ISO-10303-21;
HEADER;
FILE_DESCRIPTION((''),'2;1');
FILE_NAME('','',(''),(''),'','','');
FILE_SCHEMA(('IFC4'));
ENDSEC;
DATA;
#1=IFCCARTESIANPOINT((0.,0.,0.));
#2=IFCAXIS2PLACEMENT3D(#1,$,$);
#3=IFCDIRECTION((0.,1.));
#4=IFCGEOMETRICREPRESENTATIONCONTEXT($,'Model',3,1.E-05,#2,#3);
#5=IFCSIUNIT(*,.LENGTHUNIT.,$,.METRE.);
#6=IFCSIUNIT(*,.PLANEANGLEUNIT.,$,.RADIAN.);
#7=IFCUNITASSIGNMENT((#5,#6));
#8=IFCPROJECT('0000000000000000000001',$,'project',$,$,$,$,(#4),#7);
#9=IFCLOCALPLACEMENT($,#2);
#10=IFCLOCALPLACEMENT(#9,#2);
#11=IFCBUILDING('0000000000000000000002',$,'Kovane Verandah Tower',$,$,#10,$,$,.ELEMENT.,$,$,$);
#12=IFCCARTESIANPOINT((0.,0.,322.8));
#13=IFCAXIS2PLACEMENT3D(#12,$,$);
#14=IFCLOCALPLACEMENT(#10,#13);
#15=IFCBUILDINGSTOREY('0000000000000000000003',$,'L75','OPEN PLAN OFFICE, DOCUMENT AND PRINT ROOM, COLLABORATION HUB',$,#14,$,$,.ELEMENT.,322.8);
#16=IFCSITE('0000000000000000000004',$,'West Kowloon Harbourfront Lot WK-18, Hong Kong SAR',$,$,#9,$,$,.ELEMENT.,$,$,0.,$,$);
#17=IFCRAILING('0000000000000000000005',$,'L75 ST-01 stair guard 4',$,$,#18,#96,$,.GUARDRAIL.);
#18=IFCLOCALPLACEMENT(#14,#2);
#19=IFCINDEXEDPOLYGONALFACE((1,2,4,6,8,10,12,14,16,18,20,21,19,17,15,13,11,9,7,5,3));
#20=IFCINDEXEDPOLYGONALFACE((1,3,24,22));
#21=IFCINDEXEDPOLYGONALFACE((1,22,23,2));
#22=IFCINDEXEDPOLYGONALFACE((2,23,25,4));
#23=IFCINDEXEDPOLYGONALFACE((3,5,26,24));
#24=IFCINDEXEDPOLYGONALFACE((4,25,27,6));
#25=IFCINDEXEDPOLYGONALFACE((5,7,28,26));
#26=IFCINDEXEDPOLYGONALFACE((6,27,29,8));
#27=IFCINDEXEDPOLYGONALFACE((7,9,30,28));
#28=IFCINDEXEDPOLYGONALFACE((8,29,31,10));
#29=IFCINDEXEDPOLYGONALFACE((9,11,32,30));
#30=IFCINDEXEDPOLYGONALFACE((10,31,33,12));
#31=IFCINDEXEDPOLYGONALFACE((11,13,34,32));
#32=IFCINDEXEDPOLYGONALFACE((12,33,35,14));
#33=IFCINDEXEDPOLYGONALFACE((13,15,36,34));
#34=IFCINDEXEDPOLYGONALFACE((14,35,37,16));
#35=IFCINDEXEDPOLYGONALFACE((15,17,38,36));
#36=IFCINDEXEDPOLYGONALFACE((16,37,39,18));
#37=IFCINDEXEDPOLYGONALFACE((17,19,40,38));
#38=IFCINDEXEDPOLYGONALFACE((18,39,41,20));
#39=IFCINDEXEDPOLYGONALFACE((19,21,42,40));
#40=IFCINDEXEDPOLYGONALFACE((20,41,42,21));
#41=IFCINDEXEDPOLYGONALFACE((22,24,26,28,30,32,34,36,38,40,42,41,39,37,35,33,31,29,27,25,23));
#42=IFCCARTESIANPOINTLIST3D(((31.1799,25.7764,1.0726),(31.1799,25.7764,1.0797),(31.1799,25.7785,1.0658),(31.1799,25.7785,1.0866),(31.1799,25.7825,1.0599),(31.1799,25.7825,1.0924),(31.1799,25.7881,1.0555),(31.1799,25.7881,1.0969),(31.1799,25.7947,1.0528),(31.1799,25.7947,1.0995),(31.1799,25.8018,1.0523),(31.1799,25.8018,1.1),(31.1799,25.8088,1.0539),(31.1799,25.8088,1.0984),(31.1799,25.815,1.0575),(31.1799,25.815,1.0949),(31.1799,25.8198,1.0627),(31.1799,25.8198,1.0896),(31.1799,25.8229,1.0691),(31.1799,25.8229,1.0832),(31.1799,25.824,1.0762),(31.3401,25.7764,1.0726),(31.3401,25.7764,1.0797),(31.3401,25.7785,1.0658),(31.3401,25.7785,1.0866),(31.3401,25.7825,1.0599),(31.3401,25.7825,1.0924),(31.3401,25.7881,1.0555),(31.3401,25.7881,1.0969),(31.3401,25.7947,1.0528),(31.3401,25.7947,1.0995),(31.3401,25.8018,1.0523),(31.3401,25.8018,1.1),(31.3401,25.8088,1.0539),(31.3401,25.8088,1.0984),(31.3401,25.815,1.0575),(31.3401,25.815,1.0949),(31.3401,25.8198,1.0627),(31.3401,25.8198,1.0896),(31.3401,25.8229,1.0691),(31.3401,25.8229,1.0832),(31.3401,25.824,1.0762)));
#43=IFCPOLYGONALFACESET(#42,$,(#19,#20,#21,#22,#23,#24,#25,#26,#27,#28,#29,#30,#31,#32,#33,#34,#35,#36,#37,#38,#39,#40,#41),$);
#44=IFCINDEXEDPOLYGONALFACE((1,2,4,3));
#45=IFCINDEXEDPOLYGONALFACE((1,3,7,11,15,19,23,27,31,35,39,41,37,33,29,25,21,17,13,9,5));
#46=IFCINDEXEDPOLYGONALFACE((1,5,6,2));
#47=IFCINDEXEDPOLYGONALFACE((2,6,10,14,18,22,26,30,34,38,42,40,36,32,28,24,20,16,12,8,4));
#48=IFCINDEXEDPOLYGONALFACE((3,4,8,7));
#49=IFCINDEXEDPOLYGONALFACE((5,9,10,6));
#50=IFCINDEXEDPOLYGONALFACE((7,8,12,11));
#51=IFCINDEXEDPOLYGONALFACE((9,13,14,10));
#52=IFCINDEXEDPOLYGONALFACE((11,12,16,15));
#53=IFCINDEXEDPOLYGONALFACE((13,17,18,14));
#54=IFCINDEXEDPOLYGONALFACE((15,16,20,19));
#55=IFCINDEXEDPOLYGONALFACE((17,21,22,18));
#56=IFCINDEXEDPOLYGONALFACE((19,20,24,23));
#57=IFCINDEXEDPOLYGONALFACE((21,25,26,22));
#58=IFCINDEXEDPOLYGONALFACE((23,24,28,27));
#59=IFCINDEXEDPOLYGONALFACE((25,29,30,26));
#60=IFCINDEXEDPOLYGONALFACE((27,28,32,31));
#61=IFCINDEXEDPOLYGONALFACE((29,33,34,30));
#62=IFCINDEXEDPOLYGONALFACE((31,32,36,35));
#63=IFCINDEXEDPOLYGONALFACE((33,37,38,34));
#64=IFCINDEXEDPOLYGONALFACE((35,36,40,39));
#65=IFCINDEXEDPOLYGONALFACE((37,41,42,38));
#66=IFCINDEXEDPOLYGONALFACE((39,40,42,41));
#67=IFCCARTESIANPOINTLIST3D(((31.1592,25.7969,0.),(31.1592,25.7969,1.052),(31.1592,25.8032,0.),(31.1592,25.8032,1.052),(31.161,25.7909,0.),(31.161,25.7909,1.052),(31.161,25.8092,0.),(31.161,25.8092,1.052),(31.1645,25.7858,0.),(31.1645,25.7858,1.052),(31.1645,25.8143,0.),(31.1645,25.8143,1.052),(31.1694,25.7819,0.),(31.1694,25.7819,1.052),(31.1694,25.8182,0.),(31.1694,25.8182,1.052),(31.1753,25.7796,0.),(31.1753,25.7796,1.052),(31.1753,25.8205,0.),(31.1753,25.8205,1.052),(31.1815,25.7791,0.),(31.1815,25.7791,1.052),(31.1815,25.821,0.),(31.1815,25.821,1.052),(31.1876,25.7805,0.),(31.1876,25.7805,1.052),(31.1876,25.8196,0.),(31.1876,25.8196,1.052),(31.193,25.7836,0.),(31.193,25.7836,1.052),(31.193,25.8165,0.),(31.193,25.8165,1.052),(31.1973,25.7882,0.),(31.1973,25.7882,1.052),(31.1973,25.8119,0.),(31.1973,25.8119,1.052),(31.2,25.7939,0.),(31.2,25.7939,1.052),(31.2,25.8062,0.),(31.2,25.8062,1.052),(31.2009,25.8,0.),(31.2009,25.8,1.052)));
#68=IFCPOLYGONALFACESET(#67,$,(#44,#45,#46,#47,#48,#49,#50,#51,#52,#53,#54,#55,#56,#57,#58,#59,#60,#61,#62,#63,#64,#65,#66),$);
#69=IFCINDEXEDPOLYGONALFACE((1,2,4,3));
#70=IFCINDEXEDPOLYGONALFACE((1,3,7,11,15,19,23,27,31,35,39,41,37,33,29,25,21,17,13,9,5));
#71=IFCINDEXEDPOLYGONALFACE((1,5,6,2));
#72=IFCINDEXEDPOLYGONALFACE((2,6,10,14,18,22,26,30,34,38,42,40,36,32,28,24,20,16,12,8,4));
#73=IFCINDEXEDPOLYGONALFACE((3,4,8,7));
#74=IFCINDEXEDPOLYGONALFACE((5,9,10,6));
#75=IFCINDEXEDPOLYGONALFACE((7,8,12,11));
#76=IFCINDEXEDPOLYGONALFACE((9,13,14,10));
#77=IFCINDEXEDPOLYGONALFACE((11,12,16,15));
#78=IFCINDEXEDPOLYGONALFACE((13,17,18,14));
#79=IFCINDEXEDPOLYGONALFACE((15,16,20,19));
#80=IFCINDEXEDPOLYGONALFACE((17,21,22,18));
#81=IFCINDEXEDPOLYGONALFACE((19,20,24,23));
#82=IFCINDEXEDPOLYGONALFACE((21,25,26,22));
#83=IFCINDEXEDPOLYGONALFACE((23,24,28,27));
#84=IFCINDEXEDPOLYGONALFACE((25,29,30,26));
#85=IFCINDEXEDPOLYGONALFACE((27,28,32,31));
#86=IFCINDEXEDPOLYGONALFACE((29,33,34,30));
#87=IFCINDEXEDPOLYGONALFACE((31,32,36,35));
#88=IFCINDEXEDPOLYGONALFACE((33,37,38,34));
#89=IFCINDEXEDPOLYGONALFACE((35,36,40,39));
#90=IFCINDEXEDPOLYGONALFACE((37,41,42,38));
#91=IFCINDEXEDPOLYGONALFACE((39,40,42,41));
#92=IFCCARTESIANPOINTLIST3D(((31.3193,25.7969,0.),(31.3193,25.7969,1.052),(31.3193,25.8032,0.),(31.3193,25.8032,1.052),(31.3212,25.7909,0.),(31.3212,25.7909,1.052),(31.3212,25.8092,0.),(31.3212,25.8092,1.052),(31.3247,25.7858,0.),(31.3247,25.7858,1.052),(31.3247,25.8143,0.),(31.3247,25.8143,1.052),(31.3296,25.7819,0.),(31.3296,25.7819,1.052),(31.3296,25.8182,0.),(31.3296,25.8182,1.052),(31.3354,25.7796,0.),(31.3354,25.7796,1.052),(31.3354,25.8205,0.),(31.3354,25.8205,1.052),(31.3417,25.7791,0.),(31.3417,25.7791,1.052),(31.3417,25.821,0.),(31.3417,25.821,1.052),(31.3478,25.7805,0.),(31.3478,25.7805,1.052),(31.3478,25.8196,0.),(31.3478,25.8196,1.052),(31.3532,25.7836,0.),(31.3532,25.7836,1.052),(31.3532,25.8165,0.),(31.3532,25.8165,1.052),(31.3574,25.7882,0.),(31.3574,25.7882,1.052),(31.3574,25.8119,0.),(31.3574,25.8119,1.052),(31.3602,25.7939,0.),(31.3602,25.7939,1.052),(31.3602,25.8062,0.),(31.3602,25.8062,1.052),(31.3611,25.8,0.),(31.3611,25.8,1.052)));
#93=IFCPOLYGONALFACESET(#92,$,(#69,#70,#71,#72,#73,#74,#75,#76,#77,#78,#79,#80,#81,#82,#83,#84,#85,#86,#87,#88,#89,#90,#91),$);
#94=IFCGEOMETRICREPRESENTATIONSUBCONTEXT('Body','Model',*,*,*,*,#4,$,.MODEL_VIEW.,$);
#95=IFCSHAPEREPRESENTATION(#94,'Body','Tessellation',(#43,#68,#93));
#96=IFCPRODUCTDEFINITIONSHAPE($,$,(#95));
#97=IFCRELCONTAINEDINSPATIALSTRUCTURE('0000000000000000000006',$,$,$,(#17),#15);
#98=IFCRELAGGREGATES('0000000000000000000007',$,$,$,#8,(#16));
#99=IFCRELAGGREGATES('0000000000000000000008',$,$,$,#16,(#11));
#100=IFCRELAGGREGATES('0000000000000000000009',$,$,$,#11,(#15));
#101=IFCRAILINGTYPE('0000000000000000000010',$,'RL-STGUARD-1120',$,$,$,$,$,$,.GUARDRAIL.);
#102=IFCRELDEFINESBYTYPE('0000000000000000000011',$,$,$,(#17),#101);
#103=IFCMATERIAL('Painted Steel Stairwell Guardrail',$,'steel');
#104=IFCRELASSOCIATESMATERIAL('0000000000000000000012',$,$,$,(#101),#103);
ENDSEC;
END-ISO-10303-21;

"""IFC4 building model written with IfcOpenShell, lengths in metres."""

from ifc_helpers import new_model, si_unit, direction, frame, origin, origin_2d, place, context, subcontext, project, spatial, circle, extrude, material, type_object, element, save


model = new_model("IFC4")

# Units and contexts
model_context = context("Model", 3, precision=1e-05, world=origin(), true_north=direction((0.0, 1.0)))
body_context = subcontext(model_context, "Body", "Model", "MODEL_VIEW")
ifc_project = project(units=[si_unit("LENGTHUNIT", "METRE"), si_unit("PLANEANGLEUNIT", "RADIAN")], contexts=[model_context])

# Site, building, storey
site_placement = place(None, origin())
site = spatial("IfcSite", under=ifc_project, at=site_placement, Name="West Kowloon Harbourfront Lot WK-18, Hong Kong SAR", CompositionType="ELEMENT", RefElevation=0.0)
building_placement = place(site_placement, origin())
building = spatial("IfcBuilding", under=site, at=building_placement, Name="Kovane Verandah Tower", CompositionType="ELEMENT")
storey_placement = place(building_placement, frame((0.0, 0.0, 322.8)))
storey = spatial("IfcBuildingStorey", under=building, at=storey_placement, Name="L75", Description="OPEN PLAN OFFICE, DOCUMENT AND PRINT ROOM, COLLABORATION HUB", CompositionType="ELEMENT", Elevation=322.8)

# Railing
ifc_material_1 = material(Name="Painted Steel Stairwell Guardrail", Category="steel")
railing_type_1 = type_object("IfcRailingType", Name="RL-STGUARD-1120", PredefinedType="GUARDRAIL", material=ifc_material_1)
railing_1_placement = place(storey_placement, frame((31.1799, 25.8, 0.0)))
element("IfcRailing", 1, at=railing_1_placement, inside=storey, type_object=railing_type_1, Name="L75 ST-01 stair guard 4", PredefinedType="GUARDRAIL", context=body_context, shape_type="SweptSolid", body=[
    extrude(circle(Radius=0.0239, at=origin_2d()), frame((0.0, 0.0, 1.0762), z_axis=(1.0, 0.0, 0.0), x_axis=(0.0, 1.0, 0.0)), (0.0, 0.0, 1.0), 0.1602),
    extrude(circle(Radius=0.021, at=origin_2d()), origin(), (0.0, 0.0, 1.0), 1.052),
    extrude(circle(Radius=0.021, at=origin_2d()), frame((0.1602, 0.0, 0.0)), (0.0, 0.0, 1.0), 1.052),
])

save(model, "model.ifc")
